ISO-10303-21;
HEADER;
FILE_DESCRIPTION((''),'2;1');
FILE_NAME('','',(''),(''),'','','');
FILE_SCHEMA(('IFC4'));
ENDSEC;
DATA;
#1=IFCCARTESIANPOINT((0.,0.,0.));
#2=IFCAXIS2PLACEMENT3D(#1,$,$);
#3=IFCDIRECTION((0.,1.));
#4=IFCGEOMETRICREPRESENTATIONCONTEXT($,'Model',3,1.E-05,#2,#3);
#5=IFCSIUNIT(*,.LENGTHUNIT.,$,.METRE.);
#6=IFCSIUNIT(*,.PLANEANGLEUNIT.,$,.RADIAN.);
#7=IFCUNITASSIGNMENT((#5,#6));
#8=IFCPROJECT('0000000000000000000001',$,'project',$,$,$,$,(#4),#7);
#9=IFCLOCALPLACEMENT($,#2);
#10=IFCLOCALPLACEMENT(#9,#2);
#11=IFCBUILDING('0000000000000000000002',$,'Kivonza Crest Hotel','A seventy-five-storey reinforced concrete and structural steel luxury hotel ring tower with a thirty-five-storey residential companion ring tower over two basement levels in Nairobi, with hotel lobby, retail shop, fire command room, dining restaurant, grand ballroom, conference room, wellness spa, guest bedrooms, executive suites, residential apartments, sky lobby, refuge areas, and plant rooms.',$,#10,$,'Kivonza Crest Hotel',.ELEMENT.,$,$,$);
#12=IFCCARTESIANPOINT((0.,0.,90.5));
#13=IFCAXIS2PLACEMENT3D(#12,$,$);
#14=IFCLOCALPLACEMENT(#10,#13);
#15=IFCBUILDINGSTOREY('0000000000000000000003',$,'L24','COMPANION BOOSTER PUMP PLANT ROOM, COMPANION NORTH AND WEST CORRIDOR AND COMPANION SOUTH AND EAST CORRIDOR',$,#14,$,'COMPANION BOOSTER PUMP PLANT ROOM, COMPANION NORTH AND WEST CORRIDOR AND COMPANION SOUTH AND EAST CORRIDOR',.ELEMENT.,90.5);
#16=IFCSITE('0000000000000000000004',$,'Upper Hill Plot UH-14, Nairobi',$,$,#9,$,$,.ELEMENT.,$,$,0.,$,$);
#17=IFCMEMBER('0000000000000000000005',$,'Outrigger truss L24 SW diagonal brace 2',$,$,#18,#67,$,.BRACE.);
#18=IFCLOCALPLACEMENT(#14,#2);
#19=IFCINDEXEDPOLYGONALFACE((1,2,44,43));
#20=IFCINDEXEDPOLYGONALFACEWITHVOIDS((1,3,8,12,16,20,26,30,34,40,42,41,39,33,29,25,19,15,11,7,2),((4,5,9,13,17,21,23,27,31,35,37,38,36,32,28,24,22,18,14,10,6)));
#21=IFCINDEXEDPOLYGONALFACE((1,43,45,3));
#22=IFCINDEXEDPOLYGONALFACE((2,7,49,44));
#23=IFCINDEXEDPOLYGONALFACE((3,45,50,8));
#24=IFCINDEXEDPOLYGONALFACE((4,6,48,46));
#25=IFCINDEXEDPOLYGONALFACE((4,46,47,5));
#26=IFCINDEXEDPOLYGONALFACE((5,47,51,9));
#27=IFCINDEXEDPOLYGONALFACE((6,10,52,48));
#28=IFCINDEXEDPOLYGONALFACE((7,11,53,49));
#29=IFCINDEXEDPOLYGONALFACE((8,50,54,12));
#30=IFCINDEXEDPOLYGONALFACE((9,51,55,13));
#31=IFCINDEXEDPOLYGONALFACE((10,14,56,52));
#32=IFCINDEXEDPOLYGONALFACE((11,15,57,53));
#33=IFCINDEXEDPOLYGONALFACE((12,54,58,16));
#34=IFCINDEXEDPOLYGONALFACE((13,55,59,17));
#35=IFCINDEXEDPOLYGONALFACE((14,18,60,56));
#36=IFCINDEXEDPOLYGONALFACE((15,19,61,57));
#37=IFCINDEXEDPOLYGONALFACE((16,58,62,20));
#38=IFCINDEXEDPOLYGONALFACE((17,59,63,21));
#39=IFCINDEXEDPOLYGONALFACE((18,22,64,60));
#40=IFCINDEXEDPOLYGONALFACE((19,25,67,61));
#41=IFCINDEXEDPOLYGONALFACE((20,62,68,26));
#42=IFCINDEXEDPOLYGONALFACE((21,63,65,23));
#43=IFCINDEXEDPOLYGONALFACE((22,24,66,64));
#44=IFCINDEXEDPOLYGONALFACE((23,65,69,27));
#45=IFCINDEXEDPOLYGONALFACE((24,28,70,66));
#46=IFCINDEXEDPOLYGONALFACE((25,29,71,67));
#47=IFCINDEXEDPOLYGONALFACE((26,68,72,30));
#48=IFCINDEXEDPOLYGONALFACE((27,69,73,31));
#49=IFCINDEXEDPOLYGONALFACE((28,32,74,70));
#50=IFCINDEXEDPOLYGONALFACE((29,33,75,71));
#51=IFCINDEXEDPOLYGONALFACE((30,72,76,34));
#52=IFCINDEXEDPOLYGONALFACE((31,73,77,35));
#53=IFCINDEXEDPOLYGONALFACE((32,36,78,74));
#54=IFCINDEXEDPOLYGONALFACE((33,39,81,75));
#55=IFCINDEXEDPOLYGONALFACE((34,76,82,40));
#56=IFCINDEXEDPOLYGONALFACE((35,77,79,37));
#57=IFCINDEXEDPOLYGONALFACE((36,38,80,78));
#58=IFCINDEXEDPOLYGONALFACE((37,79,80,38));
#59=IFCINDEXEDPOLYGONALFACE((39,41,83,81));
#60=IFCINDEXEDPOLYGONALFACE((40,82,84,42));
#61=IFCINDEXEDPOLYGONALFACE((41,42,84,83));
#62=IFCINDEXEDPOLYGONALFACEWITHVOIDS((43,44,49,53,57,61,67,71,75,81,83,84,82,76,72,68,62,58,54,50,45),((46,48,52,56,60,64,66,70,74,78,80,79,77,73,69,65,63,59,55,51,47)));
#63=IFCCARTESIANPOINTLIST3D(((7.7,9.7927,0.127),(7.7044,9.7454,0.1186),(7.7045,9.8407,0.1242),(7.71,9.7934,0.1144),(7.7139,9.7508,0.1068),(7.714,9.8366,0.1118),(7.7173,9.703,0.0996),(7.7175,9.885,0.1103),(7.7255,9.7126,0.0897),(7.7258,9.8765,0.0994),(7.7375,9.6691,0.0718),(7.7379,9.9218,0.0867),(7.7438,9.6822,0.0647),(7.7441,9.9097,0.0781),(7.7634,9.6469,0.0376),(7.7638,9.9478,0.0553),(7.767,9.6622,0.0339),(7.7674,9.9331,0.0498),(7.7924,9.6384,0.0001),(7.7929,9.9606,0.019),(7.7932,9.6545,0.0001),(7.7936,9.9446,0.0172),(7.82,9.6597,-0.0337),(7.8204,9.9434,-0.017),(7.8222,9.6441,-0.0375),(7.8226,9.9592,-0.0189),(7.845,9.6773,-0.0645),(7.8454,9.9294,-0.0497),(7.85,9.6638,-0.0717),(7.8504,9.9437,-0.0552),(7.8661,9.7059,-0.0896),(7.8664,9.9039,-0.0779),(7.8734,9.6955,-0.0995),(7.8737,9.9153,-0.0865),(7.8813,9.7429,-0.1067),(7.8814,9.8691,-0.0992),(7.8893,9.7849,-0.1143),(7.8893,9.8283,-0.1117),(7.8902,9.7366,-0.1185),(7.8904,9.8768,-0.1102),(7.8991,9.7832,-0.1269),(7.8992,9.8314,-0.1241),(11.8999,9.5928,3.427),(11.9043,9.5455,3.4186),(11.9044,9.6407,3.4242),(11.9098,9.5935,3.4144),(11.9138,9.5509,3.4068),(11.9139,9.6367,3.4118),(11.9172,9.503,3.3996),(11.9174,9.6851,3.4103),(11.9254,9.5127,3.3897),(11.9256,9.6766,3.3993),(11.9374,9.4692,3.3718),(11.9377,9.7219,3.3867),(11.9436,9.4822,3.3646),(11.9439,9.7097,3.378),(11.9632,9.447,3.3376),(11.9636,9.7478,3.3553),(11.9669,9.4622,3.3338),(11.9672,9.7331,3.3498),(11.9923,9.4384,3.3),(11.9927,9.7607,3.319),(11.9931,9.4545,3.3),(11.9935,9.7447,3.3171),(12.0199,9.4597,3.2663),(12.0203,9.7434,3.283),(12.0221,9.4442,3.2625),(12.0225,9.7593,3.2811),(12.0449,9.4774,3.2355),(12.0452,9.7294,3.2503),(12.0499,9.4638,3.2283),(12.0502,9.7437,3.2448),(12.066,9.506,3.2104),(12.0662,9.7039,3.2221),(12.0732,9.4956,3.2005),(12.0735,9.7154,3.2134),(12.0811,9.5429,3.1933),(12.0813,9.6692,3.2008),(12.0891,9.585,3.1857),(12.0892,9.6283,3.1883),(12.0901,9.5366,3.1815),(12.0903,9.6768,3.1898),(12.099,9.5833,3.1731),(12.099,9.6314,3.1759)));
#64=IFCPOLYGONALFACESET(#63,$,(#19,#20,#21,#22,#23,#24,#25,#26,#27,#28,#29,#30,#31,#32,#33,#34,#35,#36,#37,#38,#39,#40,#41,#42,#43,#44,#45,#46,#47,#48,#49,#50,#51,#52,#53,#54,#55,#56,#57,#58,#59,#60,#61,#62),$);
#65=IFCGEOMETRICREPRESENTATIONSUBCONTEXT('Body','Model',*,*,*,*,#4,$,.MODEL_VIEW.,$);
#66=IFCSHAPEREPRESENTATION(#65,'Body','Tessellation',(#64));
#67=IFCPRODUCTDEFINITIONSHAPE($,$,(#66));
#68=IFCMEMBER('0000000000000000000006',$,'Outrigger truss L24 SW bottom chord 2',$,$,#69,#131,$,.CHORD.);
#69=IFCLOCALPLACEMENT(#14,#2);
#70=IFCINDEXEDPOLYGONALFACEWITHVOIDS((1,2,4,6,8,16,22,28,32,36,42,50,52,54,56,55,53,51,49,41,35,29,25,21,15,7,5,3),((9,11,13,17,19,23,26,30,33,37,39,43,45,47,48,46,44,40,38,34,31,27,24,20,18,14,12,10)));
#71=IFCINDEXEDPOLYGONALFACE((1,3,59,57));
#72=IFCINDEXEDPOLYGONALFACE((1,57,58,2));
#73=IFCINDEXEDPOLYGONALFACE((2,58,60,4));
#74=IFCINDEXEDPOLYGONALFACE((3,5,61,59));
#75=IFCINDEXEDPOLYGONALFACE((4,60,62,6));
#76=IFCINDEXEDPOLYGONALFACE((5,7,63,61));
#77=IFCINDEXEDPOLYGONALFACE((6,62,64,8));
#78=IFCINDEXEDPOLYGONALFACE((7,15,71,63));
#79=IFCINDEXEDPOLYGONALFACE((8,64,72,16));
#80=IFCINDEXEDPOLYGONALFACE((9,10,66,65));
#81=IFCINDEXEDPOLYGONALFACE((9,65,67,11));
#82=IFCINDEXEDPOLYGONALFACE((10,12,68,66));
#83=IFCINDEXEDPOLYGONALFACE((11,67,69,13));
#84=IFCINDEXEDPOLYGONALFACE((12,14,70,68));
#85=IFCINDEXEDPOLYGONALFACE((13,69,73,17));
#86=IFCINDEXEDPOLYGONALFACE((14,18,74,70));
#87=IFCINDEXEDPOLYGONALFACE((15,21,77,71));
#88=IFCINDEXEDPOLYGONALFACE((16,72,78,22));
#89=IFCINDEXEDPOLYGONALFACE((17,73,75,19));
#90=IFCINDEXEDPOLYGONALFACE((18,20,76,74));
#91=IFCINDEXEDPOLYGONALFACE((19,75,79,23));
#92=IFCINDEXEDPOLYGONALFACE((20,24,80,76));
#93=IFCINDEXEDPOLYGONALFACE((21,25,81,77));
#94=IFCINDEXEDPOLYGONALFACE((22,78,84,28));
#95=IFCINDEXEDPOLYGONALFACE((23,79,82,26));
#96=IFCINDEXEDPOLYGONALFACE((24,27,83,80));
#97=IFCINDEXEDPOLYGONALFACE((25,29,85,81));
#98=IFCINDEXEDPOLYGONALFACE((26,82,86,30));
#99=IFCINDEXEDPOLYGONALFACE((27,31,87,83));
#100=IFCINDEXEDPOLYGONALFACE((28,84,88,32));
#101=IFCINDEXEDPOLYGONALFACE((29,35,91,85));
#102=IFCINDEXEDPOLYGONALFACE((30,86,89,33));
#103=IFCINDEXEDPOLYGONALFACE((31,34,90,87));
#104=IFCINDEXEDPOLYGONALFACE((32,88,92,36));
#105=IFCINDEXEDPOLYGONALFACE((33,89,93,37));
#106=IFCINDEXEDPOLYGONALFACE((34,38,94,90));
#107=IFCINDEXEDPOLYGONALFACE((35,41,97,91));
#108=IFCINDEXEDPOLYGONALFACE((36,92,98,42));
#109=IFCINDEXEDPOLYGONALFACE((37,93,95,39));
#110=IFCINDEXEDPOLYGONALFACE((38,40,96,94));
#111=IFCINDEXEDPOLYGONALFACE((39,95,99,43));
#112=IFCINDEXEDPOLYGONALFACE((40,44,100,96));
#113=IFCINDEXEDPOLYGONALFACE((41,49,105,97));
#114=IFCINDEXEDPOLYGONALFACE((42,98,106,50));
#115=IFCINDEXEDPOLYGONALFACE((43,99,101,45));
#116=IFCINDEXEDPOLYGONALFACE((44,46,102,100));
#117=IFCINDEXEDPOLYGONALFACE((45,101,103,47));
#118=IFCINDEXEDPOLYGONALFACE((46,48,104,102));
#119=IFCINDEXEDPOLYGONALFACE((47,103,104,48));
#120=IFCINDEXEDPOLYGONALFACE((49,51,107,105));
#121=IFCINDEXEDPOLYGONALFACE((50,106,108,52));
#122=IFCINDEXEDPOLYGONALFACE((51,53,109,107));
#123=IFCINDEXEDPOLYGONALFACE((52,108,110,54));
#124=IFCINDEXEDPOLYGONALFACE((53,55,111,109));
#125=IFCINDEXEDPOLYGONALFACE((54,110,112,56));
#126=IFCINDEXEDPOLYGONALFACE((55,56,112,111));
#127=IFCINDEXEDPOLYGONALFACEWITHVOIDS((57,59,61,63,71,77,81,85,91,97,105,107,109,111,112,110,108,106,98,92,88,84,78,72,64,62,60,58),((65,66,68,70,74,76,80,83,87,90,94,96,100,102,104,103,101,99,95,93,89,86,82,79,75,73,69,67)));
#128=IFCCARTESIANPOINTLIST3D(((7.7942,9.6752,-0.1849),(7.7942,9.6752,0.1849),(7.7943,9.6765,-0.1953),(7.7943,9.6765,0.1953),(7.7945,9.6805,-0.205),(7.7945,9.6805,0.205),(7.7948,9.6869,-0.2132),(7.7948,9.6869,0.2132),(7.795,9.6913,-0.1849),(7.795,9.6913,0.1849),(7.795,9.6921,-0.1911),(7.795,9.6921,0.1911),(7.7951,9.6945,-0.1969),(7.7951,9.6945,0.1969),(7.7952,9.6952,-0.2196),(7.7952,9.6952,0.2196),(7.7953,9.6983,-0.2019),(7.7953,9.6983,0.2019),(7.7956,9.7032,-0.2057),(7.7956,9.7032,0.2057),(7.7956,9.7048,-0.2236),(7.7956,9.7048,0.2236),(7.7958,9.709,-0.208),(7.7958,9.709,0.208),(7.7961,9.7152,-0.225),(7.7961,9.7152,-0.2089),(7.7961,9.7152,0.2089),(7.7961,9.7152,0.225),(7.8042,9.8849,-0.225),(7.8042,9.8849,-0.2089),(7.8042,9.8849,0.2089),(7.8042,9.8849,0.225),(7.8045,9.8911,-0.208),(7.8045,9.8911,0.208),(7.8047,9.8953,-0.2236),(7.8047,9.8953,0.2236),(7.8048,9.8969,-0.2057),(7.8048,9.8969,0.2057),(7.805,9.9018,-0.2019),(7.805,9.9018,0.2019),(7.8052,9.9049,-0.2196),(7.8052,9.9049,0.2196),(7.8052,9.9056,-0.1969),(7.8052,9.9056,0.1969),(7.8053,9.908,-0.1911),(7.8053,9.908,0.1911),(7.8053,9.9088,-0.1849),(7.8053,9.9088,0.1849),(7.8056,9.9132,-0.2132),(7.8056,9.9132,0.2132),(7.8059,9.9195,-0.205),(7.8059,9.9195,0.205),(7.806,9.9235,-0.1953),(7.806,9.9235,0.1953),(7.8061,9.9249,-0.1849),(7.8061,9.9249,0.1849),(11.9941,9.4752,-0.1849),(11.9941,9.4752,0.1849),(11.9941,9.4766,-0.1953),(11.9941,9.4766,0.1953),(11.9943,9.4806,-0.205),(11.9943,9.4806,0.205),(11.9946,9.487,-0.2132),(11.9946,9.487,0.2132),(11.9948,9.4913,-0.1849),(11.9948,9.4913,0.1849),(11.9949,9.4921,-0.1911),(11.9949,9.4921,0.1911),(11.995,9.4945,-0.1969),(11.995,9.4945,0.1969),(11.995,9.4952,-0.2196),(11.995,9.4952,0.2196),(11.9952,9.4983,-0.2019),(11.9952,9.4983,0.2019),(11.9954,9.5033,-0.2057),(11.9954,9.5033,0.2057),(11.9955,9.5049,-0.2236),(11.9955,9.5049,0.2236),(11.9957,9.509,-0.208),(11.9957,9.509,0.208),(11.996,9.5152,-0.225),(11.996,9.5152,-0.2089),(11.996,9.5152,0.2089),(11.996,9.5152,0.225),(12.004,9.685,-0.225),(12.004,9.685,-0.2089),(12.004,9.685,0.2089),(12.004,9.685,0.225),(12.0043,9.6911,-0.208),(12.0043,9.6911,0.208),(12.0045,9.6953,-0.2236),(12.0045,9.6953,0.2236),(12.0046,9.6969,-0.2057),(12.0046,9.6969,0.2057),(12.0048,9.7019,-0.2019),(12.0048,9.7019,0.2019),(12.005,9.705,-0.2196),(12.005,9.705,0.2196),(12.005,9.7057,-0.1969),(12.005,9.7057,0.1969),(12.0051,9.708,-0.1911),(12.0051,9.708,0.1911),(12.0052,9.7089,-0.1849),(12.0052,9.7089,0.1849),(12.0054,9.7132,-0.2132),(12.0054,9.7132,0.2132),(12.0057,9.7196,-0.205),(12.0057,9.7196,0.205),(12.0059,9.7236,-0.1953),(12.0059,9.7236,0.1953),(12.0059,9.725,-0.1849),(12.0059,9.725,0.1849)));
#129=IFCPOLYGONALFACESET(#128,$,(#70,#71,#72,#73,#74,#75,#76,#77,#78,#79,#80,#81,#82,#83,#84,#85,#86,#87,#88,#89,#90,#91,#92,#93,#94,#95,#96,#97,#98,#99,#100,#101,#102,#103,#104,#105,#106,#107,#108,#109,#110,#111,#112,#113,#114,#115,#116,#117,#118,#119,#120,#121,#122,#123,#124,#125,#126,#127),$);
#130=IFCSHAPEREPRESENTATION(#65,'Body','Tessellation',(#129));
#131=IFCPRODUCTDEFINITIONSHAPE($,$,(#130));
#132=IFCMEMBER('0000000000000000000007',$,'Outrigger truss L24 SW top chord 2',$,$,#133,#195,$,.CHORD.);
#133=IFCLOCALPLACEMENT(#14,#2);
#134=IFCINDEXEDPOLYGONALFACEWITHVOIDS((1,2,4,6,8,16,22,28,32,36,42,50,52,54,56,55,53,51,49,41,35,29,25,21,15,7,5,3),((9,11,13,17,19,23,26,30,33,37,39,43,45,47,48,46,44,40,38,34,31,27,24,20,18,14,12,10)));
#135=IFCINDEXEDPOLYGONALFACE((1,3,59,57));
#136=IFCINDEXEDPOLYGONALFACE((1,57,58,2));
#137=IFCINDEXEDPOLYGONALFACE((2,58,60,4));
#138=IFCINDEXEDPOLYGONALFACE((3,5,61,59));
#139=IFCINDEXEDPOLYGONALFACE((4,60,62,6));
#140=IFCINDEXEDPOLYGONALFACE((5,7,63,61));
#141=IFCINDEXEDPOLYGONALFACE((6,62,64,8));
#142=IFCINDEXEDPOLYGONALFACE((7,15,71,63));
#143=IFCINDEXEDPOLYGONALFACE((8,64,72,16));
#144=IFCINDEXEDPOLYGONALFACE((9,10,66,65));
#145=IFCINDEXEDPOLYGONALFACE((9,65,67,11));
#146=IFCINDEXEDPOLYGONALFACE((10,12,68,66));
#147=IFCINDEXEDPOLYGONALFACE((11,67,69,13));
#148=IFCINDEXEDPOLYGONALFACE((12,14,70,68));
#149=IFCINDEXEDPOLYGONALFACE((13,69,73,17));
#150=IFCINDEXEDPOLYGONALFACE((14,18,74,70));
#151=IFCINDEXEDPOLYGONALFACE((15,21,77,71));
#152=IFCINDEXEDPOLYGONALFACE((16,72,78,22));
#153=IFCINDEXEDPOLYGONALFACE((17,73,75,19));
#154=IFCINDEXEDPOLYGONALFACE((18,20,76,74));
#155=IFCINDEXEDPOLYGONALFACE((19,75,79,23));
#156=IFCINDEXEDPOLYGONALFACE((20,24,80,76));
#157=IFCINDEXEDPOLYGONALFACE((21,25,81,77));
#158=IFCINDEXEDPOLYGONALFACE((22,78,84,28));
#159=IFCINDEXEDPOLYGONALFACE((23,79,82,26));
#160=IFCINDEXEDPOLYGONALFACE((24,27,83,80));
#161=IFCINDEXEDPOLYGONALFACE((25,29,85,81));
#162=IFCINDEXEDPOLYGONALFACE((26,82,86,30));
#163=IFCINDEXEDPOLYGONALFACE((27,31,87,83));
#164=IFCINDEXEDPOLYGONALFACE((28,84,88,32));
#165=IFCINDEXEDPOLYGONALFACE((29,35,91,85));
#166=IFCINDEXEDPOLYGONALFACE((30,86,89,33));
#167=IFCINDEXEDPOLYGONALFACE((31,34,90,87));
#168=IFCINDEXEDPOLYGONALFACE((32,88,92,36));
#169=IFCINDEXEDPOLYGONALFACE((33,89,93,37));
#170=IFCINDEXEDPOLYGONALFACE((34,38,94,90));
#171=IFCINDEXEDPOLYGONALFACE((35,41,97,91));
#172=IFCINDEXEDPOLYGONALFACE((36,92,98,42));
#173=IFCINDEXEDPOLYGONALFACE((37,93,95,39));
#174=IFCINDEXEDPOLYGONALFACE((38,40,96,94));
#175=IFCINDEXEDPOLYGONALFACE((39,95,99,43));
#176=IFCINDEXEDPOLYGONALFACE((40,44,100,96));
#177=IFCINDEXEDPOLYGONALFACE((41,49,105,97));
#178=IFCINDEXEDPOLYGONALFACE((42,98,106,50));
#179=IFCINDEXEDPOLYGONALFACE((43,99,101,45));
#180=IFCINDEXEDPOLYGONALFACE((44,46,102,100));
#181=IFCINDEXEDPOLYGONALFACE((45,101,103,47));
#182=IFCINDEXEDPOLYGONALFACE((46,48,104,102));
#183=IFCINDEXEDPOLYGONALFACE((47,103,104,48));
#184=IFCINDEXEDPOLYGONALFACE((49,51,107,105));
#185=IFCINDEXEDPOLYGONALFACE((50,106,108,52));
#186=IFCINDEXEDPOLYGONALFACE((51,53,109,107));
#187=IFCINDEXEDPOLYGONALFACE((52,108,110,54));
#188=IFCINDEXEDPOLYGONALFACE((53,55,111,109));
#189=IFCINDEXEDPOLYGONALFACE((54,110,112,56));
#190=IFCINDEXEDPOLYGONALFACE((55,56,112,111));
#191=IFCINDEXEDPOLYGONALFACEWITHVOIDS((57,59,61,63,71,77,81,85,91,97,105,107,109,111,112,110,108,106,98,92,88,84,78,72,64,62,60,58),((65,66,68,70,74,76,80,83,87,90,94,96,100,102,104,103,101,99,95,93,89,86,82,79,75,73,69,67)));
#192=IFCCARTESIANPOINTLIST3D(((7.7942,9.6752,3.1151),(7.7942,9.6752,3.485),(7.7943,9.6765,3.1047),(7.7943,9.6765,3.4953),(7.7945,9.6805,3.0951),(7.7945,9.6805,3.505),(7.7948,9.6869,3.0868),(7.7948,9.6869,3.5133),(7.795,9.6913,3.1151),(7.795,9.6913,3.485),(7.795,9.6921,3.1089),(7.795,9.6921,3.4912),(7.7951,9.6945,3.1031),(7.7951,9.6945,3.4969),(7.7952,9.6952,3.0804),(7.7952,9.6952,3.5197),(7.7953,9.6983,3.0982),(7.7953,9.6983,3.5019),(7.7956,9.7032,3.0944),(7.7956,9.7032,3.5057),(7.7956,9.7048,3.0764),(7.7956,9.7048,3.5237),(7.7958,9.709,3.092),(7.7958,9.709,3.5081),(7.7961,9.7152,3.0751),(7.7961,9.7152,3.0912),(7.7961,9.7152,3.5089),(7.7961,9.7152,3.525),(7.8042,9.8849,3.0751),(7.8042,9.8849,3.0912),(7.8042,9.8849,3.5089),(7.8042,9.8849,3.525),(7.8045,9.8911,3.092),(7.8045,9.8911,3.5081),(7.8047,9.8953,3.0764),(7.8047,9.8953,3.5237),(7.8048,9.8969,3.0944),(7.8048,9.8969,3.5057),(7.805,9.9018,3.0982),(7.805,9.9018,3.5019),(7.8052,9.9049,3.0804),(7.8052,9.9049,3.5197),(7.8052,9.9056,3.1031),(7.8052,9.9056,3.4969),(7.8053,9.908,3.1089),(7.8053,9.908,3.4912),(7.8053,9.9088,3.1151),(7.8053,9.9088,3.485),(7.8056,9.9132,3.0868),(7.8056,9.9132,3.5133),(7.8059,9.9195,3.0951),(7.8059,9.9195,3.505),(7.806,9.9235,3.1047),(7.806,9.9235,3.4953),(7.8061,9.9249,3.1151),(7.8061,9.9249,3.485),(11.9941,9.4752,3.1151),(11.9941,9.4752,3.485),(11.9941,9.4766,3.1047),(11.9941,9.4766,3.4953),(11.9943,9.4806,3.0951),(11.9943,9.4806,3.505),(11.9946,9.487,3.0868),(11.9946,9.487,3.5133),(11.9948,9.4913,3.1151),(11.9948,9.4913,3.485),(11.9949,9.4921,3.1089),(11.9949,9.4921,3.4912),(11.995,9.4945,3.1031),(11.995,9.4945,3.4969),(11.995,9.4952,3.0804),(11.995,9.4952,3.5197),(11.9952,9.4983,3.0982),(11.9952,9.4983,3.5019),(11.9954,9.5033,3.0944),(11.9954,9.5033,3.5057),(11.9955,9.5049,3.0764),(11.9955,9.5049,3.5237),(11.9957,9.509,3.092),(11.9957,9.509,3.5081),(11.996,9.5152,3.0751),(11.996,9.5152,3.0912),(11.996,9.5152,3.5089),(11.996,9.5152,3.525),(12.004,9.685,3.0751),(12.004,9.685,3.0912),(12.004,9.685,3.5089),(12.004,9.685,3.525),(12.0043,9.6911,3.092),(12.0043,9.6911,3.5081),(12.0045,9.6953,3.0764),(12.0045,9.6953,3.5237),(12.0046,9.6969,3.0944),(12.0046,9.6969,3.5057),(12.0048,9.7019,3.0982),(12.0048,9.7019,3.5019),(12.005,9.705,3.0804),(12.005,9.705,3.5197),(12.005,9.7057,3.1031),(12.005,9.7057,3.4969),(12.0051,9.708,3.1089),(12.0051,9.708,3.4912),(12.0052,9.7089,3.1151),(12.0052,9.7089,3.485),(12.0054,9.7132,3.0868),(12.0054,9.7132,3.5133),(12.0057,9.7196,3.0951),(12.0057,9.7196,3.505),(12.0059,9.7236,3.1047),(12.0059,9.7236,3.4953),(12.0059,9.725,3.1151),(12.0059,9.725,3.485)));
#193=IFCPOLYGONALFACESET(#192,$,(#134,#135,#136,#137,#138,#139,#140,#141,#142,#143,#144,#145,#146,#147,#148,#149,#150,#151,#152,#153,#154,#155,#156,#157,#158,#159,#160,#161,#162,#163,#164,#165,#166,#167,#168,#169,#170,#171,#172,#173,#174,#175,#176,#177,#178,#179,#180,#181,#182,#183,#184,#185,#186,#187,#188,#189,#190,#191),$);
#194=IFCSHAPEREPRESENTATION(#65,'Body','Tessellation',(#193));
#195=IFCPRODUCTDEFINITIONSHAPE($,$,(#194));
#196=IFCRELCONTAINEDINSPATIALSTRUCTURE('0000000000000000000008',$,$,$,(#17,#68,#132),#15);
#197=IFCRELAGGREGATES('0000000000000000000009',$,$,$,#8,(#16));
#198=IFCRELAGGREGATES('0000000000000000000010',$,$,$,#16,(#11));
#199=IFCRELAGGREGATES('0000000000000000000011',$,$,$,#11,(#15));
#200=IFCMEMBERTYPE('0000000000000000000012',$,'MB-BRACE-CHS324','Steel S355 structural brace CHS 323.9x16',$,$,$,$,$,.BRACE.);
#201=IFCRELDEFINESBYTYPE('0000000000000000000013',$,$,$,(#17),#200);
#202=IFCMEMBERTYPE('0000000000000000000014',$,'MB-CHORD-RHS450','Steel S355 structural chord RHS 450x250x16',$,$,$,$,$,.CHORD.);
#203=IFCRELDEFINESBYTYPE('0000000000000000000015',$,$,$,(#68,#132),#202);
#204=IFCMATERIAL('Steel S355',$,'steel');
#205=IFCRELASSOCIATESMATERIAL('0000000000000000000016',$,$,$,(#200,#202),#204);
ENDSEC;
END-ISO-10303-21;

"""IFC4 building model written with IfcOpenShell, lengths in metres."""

from ifc_helpers import new_model, si_unit, direction, frame, origin, origin_2d, place, context, subcontext, project, spatial, hollow_rectangle, hollow_circle, extrude, material, material_profile, profile_set, type_object, element, save


model = new_model("IFC4")

# Units and contexts
model_context = context("Model", 3, precision=1e-05, world=origin(), true_north=direction((0.0, 1.0)))
body_context = subcontext(model_context, "Body", "Model", "MODEL_VIEW")
ifc_project = project(units=[si_unit("LENGTHUNIT", "METRE"), si_unit("PLANEANGLEUNIT", "RADIAN")], contexts=[model_context])

# Site, building, storey
site_placement = place(None, origin())
site = spatial("IfcSite", under=ifc_project, at=site_placement, Name="Upper Hill Plot UH-14, Nairobi", CompositionType="ELEMENT", RefElevation=0.0)
building_placement = place(site_placement, origin())
building = spatial("IfcBuilding", under=site, at=building_placement, Name="Kivonza Crest Hotel", Description="A seventy-five-storey reinforced concrete and structural steel luxury hotel ring tower with a thirty-five-storey residential companion ring tower over two basement levels in Nairobi, with hotel lobby, retail shop, fire command room, dining restaurant, grand ballroom, conference room, wellness spa, guest bedrooms, executive suites, residential apartments, sky lobby, refuge areas, and plant rooms.", LongName="Kivonza Crest Hotel", CompositionType="ELEMENT")
storey_placement = place(building_placement, frame((0.0, 0.0, 90.5)))
storey = spatial("IfcBuildingStorey", under=building, at=storey_placement, Name="L24", Description="COMPANION BOOSTER PUMP PLANT ROOM, COMPANION NORTH AND WEST CORRIDOR AND COMPANION SOUTH AND EAST CORRIDOR", LongName="COMPANION BOOSTER PUMP PLANT ROOM, COMPANION NORTH AND WEST CORRIDOR AND COMPANION SOUTH AND EAST CORRIDOR", CompositionType="ELEMENT", Elevation=90.5)

# Shared definitions
ifc_material_1 = material(Name="Steel S355", Category="steel")

# Members
ifc_material_profile_1 = material_profile(ifc_material_1, hollow_circle(Radius=0.1619, WallThickness=0.0161, at=origin_2d()), Name="CHS 323.9x16")
ifc_profile_set_1 = profile_set([ifc_material_profile_1], Name="Steel S355")
member_type_1 = type_object("IfcMemberType", Name="MB-BRACE-CHS324", Description="Steel S355 structural brace CHS 323.9x16", PredefinedType="BRACE", material=ifc_profile_set_1)
member_1_placement = place(storey_placement, frame((12.0, 9.6001, 3.3), z_axis=(-0.78576, 0.037408, -0.617399), x_axis=(-0.047554, -0.998869, 0.0)))
element("IfcMember", 1, at=member_1_placement, inside=storey, type_object=member_type_1, Name="Outrigger truss L24 SW diagonal brace 2", PredefinedType="BRACE", context=body_context, shape_type="SweptSolid", body=[
    extrude(hollow_circle(Radius=0.1619, WallThickness=0.0161, at=origin_2d()), origin(), (0.0, 0.0, 1.0), 5.345),
])
ifc_material_profile_2 = material_profile(ifc_material_1, hollow_rectangle(XDim=0.25, YDim=0.45, WallThickness=0.0161, InnerFilletRadius=0.0239, OuterFilletRadius=0.04, at=origin_2d()), Name="RHS 450x250x16")
ifc_profile_set_2 = profile_set([ifc_material_profile_2], Name="Steel S355")
member_type_2 = type_object("IfcMemberType", Name="MB-CHORD-RHS450", Description="Steel S355 structural chord RHS 450x250x16", PredefinedType="CHORD", material=ifc_profile_set_2)
for number, where, z_axis, x_axis, name in (
    (2, (12.0, 9.6001, 0.0), (-0.998869, 0.047554, 0.0), (-0.047554, -0.998869, 0.0), "Outrigger truss L24 SW bottom chord 2"),
    (3, (12.0, 9.6001, 3.3), (-0.998869, 0.047554, 0.0), (-0.047554, -0.998869, 0.0), "Outrigger truss L24 SW top chord 2"),
):
    element("IfcMember", number, at=place(storey_placement, frame(where, z_axis=z_axis, x_axis=x_axis)), inside=storey, type_object=member_type_2, Name=name, PredefinedType="CHORD", context=body_context, shape_type="SweptSolid", body=[
        extrude(hollow_rectangle(XDim=0.25, YDim=0.45, WallThickness=0.0161, InnerFilletRadius=0.0239, OuterFilletRadius=0.04, at=origin_2d()), origin(), (0.0, 0.0, 1.0), 4.2046),
    ])

save(model, "model.ifc")
